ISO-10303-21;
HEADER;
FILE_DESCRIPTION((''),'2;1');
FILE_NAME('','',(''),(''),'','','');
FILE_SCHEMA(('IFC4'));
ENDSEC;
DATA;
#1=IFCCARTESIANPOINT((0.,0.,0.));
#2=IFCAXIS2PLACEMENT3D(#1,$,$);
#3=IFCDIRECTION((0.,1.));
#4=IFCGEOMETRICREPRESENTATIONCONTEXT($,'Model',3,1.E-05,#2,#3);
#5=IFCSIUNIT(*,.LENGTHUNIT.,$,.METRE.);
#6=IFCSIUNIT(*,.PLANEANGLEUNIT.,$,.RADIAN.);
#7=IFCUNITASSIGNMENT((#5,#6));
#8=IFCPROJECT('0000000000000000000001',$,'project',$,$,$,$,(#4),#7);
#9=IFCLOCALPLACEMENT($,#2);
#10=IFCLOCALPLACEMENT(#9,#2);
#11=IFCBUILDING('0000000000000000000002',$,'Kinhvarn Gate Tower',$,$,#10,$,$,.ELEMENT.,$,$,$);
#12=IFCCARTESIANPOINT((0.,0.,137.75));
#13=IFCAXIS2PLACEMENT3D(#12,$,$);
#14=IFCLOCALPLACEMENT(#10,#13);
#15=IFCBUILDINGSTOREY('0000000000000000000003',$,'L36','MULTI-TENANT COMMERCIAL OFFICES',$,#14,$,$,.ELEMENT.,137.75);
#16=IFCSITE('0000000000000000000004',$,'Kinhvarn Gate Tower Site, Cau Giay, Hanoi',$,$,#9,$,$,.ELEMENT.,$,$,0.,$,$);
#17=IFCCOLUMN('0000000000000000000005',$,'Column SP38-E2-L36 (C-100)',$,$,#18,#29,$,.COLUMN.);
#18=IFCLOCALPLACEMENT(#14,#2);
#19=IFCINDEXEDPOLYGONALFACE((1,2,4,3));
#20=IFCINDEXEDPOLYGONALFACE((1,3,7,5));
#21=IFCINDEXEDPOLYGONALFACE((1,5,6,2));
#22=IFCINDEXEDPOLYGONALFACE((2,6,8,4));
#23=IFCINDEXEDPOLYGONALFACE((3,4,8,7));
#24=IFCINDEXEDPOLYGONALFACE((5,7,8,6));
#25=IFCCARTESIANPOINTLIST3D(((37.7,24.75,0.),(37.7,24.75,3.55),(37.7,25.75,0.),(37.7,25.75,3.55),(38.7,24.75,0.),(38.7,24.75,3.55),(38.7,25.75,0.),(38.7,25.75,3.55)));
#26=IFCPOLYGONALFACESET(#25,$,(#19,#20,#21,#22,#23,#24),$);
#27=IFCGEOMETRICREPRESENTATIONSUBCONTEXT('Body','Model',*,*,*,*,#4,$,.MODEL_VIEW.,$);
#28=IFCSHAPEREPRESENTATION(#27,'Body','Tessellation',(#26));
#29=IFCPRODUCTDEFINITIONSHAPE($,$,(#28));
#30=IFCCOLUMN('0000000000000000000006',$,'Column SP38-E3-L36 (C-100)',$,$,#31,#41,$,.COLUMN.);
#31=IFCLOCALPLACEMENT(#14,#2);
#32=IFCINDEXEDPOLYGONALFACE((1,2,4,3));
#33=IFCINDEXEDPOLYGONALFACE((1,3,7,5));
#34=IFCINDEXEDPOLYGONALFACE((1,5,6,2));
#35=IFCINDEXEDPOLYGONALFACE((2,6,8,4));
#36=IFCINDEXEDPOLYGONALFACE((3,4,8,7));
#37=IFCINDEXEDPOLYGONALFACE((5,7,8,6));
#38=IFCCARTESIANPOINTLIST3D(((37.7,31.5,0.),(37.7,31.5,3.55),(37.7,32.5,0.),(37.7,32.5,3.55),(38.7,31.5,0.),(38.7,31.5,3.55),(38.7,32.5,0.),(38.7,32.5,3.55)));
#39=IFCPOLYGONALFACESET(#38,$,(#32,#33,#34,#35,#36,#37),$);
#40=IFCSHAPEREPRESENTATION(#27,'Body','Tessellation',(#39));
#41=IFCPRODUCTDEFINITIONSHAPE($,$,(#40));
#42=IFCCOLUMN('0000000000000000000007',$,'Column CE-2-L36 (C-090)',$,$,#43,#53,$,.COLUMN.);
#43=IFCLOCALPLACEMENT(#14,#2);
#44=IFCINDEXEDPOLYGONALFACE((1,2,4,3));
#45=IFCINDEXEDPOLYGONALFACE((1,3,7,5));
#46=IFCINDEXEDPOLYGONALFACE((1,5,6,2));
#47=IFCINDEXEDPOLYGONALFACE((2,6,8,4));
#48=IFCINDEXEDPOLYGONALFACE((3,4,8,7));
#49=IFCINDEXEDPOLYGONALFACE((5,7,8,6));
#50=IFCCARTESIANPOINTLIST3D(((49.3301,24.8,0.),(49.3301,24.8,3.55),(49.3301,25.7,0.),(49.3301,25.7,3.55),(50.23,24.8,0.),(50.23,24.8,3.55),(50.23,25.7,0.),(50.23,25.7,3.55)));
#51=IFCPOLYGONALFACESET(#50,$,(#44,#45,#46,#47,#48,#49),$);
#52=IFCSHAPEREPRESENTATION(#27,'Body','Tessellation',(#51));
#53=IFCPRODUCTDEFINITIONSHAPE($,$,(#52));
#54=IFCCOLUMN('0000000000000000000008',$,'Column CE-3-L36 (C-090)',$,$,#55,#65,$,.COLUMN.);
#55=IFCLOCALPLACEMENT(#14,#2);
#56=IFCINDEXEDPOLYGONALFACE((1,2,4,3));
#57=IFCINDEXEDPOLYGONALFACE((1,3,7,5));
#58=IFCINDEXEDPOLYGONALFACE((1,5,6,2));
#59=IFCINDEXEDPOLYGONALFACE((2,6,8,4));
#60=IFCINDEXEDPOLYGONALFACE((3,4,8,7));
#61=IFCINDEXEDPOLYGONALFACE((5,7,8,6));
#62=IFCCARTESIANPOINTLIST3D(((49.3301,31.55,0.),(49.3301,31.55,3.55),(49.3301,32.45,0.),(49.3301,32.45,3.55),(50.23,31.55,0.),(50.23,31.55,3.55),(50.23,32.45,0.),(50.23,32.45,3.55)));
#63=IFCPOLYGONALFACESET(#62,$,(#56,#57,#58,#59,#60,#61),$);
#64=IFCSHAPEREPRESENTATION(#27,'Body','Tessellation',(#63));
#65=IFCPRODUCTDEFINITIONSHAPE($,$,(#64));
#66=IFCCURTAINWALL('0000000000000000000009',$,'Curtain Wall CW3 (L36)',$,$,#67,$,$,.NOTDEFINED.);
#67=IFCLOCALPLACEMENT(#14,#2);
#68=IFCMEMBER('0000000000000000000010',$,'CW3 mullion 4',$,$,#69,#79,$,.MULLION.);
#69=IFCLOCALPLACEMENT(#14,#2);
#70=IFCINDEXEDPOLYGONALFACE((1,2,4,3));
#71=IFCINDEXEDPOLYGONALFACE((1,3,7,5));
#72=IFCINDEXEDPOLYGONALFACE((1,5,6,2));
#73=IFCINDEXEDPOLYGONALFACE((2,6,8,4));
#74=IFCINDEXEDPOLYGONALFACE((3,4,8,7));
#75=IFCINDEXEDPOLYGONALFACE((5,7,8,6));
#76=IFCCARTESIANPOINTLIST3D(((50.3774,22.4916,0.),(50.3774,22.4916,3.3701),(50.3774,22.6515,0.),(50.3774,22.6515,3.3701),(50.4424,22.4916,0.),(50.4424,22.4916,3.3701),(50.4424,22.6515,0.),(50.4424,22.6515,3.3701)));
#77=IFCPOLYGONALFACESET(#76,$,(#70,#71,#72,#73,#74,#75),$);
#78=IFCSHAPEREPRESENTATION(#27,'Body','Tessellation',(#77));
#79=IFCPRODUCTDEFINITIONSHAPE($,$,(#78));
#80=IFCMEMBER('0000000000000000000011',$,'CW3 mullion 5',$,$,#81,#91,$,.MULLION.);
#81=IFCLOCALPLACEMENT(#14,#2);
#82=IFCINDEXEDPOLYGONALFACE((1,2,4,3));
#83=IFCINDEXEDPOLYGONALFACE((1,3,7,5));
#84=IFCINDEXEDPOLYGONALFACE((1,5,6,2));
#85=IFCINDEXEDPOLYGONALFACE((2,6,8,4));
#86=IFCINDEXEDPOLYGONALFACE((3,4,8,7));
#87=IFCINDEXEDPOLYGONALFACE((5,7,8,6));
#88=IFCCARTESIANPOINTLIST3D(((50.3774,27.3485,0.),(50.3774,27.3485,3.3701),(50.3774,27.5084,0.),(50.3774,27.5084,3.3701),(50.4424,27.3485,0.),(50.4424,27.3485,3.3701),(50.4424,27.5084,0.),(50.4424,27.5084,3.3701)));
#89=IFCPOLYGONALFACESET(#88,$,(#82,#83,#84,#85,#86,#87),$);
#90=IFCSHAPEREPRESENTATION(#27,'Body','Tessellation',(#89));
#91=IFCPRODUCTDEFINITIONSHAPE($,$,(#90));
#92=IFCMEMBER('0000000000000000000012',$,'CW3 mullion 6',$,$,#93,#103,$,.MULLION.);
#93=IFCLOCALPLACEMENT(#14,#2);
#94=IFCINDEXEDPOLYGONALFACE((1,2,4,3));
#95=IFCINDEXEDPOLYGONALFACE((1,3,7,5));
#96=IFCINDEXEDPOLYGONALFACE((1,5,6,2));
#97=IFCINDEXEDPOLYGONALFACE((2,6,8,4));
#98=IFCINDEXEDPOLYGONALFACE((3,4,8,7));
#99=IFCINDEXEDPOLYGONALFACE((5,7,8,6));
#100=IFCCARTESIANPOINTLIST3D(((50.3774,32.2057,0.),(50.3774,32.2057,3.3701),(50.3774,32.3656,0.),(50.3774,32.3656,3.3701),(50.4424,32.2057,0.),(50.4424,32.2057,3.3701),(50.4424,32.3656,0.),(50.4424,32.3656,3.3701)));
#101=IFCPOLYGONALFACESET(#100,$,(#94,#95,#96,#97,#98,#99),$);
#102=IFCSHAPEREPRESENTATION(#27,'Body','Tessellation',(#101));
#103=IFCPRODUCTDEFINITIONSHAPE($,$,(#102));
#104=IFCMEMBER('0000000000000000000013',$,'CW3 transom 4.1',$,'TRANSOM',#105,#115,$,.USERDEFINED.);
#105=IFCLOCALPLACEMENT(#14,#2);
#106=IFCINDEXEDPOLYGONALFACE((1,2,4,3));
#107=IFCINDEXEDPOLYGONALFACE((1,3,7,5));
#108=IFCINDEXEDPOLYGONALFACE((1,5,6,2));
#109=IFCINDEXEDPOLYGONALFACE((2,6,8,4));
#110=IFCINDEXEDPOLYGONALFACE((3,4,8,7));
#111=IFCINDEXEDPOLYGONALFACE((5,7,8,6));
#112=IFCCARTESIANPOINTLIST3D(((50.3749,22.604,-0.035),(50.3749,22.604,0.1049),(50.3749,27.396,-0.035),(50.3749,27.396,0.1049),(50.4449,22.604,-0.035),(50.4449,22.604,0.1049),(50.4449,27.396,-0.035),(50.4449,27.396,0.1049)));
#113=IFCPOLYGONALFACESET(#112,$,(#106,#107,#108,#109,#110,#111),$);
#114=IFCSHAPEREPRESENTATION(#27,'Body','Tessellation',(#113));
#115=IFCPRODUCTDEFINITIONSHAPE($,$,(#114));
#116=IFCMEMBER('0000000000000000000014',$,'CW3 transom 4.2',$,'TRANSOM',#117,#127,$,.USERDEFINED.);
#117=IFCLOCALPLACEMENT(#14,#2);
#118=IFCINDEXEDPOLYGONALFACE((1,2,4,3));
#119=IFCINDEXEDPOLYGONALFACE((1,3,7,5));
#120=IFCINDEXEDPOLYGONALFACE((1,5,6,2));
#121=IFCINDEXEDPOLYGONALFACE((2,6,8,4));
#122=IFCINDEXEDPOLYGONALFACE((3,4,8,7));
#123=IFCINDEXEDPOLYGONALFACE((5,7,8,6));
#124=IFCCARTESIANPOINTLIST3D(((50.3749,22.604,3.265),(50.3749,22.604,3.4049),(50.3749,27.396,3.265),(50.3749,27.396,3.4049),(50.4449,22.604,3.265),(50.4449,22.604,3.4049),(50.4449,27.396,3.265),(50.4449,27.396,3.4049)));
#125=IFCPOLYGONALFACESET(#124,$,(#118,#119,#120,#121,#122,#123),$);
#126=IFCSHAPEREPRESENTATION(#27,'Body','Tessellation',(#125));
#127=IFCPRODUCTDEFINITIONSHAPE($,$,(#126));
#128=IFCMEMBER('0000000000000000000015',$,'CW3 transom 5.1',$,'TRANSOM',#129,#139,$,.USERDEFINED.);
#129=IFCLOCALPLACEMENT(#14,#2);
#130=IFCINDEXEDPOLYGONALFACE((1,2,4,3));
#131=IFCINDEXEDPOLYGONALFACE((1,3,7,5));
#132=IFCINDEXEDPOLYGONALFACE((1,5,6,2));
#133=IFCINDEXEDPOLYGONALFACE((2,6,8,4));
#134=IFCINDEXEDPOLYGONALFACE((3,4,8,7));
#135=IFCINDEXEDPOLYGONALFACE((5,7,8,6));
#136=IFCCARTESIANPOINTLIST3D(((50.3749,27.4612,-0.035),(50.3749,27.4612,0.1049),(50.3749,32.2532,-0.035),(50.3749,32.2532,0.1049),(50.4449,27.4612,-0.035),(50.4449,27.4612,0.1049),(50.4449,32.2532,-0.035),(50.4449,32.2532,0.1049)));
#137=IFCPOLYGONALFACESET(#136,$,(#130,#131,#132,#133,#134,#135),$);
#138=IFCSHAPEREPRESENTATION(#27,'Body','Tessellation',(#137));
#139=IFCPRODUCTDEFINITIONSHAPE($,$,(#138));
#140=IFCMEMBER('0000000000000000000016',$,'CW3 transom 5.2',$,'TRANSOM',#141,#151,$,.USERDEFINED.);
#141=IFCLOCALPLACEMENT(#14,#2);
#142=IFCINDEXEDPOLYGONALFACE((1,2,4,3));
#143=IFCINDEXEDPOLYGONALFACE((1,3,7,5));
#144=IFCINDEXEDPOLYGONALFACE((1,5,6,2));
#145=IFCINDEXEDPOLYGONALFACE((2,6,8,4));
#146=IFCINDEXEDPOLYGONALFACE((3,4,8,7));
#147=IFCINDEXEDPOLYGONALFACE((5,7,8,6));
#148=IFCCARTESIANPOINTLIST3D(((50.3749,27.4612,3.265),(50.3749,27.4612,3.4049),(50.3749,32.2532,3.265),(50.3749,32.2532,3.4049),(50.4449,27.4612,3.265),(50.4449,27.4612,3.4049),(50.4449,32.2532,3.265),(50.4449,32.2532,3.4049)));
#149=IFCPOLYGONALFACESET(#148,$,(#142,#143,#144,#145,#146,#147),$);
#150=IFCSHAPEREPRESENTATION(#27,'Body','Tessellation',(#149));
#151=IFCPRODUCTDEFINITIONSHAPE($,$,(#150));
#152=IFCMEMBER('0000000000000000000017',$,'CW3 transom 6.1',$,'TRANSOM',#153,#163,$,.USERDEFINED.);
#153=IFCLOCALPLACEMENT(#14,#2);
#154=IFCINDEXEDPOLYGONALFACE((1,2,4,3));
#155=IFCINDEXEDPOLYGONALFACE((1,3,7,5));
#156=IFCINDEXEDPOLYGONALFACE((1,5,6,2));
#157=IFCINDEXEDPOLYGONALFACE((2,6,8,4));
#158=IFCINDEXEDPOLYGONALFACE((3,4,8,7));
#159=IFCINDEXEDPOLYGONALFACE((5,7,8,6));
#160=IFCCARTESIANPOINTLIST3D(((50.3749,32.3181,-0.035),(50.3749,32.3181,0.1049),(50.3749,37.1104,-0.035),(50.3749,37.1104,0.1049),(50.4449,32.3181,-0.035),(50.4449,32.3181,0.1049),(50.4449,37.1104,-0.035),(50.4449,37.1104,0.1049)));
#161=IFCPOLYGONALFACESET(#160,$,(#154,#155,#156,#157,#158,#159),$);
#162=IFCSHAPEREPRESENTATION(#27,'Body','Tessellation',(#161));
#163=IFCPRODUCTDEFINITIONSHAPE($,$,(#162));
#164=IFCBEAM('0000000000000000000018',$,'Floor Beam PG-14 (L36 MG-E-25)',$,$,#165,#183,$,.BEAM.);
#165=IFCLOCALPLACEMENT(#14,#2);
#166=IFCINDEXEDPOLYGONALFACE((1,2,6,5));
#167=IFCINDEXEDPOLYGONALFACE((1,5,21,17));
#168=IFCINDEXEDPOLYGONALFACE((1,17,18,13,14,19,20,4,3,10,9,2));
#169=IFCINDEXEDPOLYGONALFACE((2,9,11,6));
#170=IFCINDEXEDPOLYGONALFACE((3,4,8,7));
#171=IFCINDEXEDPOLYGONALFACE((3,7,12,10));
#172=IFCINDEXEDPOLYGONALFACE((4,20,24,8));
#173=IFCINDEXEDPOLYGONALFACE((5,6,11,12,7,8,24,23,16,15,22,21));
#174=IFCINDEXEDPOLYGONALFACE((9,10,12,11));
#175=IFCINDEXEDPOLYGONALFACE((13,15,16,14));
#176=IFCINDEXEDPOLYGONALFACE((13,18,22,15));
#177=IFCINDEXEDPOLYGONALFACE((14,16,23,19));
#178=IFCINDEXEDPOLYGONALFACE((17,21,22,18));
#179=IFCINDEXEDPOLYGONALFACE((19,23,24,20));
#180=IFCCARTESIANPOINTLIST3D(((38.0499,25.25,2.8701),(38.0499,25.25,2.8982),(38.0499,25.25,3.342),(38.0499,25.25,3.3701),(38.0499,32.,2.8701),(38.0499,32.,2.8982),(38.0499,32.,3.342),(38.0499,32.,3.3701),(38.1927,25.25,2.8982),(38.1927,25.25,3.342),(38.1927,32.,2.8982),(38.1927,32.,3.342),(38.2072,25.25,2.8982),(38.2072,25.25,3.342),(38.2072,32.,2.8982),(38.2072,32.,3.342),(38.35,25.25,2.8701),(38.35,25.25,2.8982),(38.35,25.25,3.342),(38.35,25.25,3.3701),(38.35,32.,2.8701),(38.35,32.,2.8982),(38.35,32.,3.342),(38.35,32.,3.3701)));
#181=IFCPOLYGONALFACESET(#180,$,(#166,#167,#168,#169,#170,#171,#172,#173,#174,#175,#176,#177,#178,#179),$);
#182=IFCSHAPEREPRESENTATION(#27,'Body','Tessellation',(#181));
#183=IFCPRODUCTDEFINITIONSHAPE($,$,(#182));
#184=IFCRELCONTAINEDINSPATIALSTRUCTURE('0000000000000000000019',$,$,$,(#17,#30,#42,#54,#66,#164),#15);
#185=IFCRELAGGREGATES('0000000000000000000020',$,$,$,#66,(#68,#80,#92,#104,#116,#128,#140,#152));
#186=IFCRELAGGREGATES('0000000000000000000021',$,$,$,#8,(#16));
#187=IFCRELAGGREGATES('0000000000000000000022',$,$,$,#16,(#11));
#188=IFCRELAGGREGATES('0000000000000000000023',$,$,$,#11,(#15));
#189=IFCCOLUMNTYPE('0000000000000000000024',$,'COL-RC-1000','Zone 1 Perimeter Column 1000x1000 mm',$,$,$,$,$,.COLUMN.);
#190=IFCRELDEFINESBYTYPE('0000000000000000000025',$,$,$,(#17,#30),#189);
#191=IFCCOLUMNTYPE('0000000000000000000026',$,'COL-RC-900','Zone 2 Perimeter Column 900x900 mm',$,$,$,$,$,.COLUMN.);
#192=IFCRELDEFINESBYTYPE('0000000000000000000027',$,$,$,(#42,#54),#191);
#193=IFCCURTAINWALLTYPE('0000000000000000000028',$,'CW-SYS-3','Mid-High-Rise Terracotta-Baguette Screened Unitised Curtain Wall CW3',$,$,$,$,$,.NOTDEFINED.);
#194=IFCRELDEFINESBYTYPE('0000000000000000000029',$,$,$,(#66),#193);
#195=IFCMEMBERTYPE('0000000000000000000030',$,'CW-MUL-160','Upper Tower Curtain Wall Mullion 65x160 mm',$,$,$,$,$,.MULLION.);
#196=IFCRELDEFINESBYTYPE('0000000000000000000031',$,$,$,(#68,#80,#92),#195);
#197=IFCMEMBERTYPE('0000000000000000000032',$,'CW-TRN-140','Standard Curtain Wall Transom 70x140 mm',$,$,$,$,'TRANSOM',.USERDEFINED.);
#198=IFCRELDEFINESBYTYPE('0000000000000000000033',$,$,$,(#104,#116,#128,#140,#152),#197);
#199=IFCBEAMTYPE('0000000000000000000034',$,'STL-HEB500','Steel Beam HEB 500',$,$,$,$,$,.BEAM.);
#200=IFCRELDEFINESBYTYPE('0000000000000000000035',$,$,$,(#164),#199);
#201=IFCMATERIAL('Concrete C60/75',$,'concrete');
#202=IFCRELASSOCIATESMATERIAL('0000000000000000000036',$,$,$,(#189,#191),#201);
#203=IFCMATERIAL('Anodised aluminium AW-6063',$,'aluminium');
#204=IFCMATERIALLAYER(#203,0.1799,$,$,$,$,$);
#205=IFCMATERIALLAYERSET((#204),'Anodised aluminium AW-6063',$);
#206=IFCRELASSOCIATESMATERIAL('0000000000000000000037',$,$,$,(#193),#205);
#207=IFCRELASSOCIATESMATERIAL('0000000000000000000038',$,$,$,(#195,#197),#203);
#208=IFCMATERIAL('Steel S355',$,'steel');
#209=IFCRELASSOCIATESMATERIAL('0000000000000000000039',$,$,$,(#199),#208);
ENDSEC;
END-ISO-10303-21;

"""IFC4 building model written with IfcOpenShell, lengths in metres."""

from ifc_helpers import new_model, si_unit, direction, frame, origin, origin_2d, place, context, subcontext, project, spatial, rectangle, i_section, extrude, material, layer, layer_set, material_profile, profile_set, type_object, element, aggregate, save


model = new_model("IFC4")

# Units and contexts
model_context = context("Model", 3, precision=1e-05, world=origin(), true_north=direction((0.0, 1.0)))
body_context = subcontext(model_context, "Body", "Model", "MODEL_VIEW")
ifc_project = project(units=[si_unit("LENGTHUNIT", "METRE"), si_unit("PLANEANGLEUNIT", "RADIAN")], contexts=[model_context])

# Site, building, storey
site_placement = place(None, origin())
site = spatial("IfcSite", under=ifc_project, at=site_placement, Name="Kinhvarn Gate Tower Site, Cau Giay, Hanoi", CompositionType="ELEMENT", RefElevation=0.0)
building_placement = place(site_placement, origin())
building = spatial("IfcBuilding", under=site, at=building_placement, Name="Kinhvarn Gate Tower", CompositionType="ELEMENT")
storey_placement = place(building_placement, frame((0.0, 0.0, 137.75)))
storey = spatial("IfcBuildingStorey", under=building, at=storey_placement, Name="L36", Description="MULTI-TENANT COMMERCIAL OFFICES", CompositionType="ELEMENT", Elevation=137.75)

# Columns
ifc_material_1 = material(Name="Concrete C60/75", Category="concrete")
ifc_material_profile_1 = material_profile(ifc_material_1, rectangle(XDim=1.0, YDim=1.0, at=origin_2d()), Name="RC 1000x1000")
ifc_profile_set_1 = profile_set([ifc_material_profile_1], Name="Concrete C60/75")
column_type_1 = type_object("IfcColumnType", Name="COL-RC-1000", Description="Zone 1 Perimeter Column 1000x1000 mm", PredefinedType="COLUMN", material=ifc_profile_set_1)
for number, where, z_axis, x_axis, name in (
    (1, (38.2, 25.25, 0.0), (0.0, 0.0, 1.0), (1.0, 0.0, 0.0), "Column SP38-E2-L36 (C-100)"),
    (2, (38.2, 32.0, 0.0), (0.0, 0.0, 1.0), (1.0, 0.0, 0.0), "Column SP38-E3-L36 (C-100)"),
):
    element("IfcColumn", number, at=place(storey_placement, frame(where, z_axis=z_axis, x_axis=x_axis)), inside=storey, type_object=column_type_1, Name=name, PredefinedType="COLUMN", context=body_context, shape_type="SweptSolid", body=[
        extrude(rectangle(XDim=1.0, YDim=1.0, at=origin_2d()), origin(), (0.0, 0.0, 1.0), 3.55),
    ])
ifc_material_profile_2 = material_profile(ifc_material_1, rectangle(XDim=0.8999, YDim=0.8999, at=origin_2d()), Name="RC 900x900")
ifc_profile_set_2 = profile_set([ifc_material_profile_2], Name="Concrete C60/75")
column_type_2 = type_object("IfcColumnType", Name="COL-RC-900", Description="Zone 2 Perimeter Column 900x900 mm", PredefinedType="COLUMN", material=ifc_profile_set_2)
for number, where, z_axis, x_axis, name in (
    (3, (49.78, 25.25, 0.0), (0.0, 0.0, 1.0), (1.0, 0.0, 0.0), "Column CE-2-L36 (C-090)"),
    (4, (49.78, 32.0, 0.0), (0.0, 0.0, 1.0), (1.0, 0.0, 0.0), "Column CE-3-L36 (C-090)"),
):
    element("IfcColumn", number, at=place(storey_placement, frame(where, z_axis=z_axis, x_axis=x_axis)), inside=storey, type_object=column_type_2, Name=name, PredefinedType="COLUMN", context=body_context, shape_type="SweptSolid", body=[
        extrude(rectangle(XDim=0.8999, YDim=0.8999, at=origin_2d()), origin(), (0.0, 0.0, 1.0), 3.55),
    ])

# Curtain wall, members
ifc_material_2 = material(Name="Anodised aluminium AW-6063", Category="aluminium")
ifc_layer_1 = layer(ifc_material_2, 0.1799)
ifc_layer_set_1 = layer_set([ifc_layer_1], Name="Anodised aluminium AW-6063")
curtain_wall_type = type_object("IfcCurtainWallType", Name="CW-SYS-3", Description="Mid-High-Rise Terracotta-Baguette Screened Unitised Curtain Wall CW3", PredefinedType="NOTDEFINED", material=ifc_layer_set_1)
curtain_wall_placement = place(storey_placement, origin())
curtain_wall = element("IfcCurtainWall", 5, at=curtain_wall_placement, inside=storey, type_object=curtain_wall_type, Name="Curtain Wall CW3 (L36)", PredefinedType="NOTDEFINED")
ifc_material_profile_3 = material_profile(ifc_material_2, rectangle(XDim=0.0649, YDim=0.1599, at=origin_2d()), Name="ALU 65x160")
ifc_profile_set_3 = profile_set([ifc_material_profile_3], Name="Anodised aluminium AW-6063")
member_type_1 = type_object("IfcMemberType", Name="CW-MUL-160", Description="Upper Tower Curtain Wall Mullion 65x160 mm", PredefinedType="MULLION", material=ifc_profile_set_3)
member_1_placement = place(storey_placement, frame((50.4099, 22.5715, 0.0), z_axis=(0.0, 0.0, 1.0), x_axis=(-1.0, 0.0, 0.0)))
member_1 = element("IfcMember", 6, at=member_1_placement, type_object=member_type_1, Name="CW3 mullion 4", PredefinedType="MULLION", context=body_context, shape_type="SweptSolid", body=[
    extrude(rectangle(XDim=0.0649, YDim=0.1599, at=origin_2d()), origin(), (0.0, 0.0, 1.0), 3.3701),
])
member_2_placement = place(storey_placement, frame((50.4099, 27.4285, 0.0), z_axis=(0.0, 0.0, 1.0), x_axis=(-1.0, 0.0, 0.0)))
member_2 = element("IfcMember", 7, at=member_2_placement, type_object=member_type_1, Name="CW3 mullion 5", PredefinedType="MULLION", context=body_context, shape_type="SweptSolid", body=[
    extrude(rectangle(XDim=0.0649, YDim=0.1599, at=origin_2d()), origin(), (0.0, 0.0, 1.0), 3.3701),
])
member_3_placement = place(storey_placement, frame((50.4099, 32.2856, 0.0), z_axis=(0.0, 0.0, 1.0), x_axis=(-1.0, 0.0, 0.0)))
member_3 = element("IfcMember", 8, at=member_3_placement, type_object=member_type_1, Name="CW3 mullion 6", PredefinedType="MULLION", context=body_context, shape_type="SweptSolid", body=[
    extrude(rectangle(XDim=0.0649, YDim=0.1599, at=origin_2d()), origin(), (0.0, 0.0, 1.0), 3.3701),
])
ifc_material_profile_4 = material_profile(ifc_material_2, rectangle(XDim=0.0701, YDim=0.1399, at=origin_2d()), Name="ALU 70x140")
ifc_profile_set_4 = profile_set([ifc_material_profile_4], Name="Anodised aluminium AW-6063")
member_type_2 = type_object("IfcMemberType", Name="CW-TRN-140", Description="Standard Curtain Wall Transom 70x140 mm", ElementType="TRANSOM", PredefinedType="USERDEFINED", material=ifc_profile_set_4)
member_4_placement = place(storey_placement, frame((50.4099, 22.604, 0.0349), z_axis=(0.0, 1.0, 0.0), x_axis=(-1.0, 0.0, 0.0)))
member_4 = element("IfcMember", 9, at=member_4_placement, type_object=member_type_2, Name="CW3 transom 4.1", ObjectType="TRANSOM", PredefinedType="USERDEFINED", context=body_context, shape_type="SweptSolid", body=[
    extrude(rectangle(XDim=0.0701, YDim=0.1399, at=origin_2d()), origin(), (0.0, 0.0, 1.0), 4.792),
])
member_5_placement = place(storey_placement, frame((50.4099, 22.604, 3.335), z_axis=(0.0, 1.0, 0.0), x_axis=(-1.0, 0.0, 0.0)))
member_5 = element("IfcMember", 10, at=member_5_placement, type_object=member_type_2, Name="CW3 transom 4.2", ObjectType="TRANSOM", PredefinedType="USERDEFINED", context=body_context, shape_type="SweptSolid", body=[
    extrude(rectangle(XDim=0.0701, YDim=0.1399, at=origin_2d()), origin(), (0.0, 0.0, 1.0), 4.792),
])
member_6_placement = place(storey_placement, frame((50.4099, 27.4612, 0.0349), z_axis=(0.0, 1.0, 0.0), x_axis=(-1.0, 0.0, 0.0)))
member_6 = element("IfcMember", 11, at=member_6_placement, type_object=member_type_2, Name="CW3 transom 5.1", ObjectType="TRANSOM", PredefinedType="USERDEFINED", context=body_context, shape_type="SweptSolid", body=[
    extrude(rectangle(XDim=0.0701, YDim=0.1399, at=origin_2d()), origin(), (0.0, 0.0, 1.0), 4.792),
])
member_7_placement = place(storey_placement, frame((50.4099, 27.4612, 3.335), z_axis=(0.0, 1.0, 0.0), x_axis=(-1.0, 0.0, 0.0)))
member_7 = element("IfcMember", 12, at=member_7_placement, type_object=member_type_2, Name="CW3 transom 5.2", ObjectType="TRANSOM", PredefinedType="USERDEFINED", context=body_context, shape_type="SweptSolid", body=[
    extrude(rectangle(XDim=0.0701, YDim=0.1399, at=origin_2d()), origin(), (0.0, 0.0, 1.0), 4.792),
])
member_8_placement = place(storey_placement, frame((50.4099, 32.3181, 0.0349), z_axis=(0.0, 1.0, 0.0), x_axis=(-1.0, 0.0, 0.0)))
member_8 = element("IfcMember", 13, at=member_8_placement, type_object=member_type_2, Name="CW3 transom 6.1", ObjectType="TRANSOM", PredefinedType="USERDEFINED", context=body_context, shape_type="SweptSolid", body=[
    extrude(rectangle(XDim=0.0701, YDim=0.1399, at=origin_2d()), origin(), (0.0, 0.0, 1.0), 4.7922),
])

# Beam
ifc_material_3 = material(Name="Steel S355", Category="steel")
ifc_material_profile_5 = material_profile(ifc_material_3, i_section(OverallWidth=0.3, OverallDepth=0.5, WebThickness=0.0144, FlangeThickness=0.0281, at=origin_2d()), Name="HEB 500")
ifc_profile_set_5 = profile_set([ifc_material_profile_5], Name="Steel S355")
beam_type_1 = type_object("IfcBeamType", Name="STL-HEB500", Description="Steel Beam HEB 500", PredefinedType="BEAM", material=ifc_profile_set_5)
beam_1_placement = place(storey_placement, frame((38.2, 25.25, 3.1201), z_axis=(0.0, 1.0, 0.0), x_axis=(-1.0, 0.0, 0.0)))
element("IfcBeam", 14, at=beam_1_placement, inside=storey, type_object=beam_type_1, Name="Floor Beam PG-14 (L36 MG-E-25)", PredefinedType="BEAM", context=body_context, shape_type="SweptSolid", body=[
    extrude(i_section(OverallWidth=0.3, OverallDepth=0.5, WebThickness=0.0144, FlangeThickness=0.0281, at=origin_2d()), origin(), (0.0, 0.0, 1.0), 6.75),
])

aggregate(curtain_wall, [member_1, member_2, member_3, member_4, member_5, member_6, member_7, member_8])

save(model, "model.ifc")
